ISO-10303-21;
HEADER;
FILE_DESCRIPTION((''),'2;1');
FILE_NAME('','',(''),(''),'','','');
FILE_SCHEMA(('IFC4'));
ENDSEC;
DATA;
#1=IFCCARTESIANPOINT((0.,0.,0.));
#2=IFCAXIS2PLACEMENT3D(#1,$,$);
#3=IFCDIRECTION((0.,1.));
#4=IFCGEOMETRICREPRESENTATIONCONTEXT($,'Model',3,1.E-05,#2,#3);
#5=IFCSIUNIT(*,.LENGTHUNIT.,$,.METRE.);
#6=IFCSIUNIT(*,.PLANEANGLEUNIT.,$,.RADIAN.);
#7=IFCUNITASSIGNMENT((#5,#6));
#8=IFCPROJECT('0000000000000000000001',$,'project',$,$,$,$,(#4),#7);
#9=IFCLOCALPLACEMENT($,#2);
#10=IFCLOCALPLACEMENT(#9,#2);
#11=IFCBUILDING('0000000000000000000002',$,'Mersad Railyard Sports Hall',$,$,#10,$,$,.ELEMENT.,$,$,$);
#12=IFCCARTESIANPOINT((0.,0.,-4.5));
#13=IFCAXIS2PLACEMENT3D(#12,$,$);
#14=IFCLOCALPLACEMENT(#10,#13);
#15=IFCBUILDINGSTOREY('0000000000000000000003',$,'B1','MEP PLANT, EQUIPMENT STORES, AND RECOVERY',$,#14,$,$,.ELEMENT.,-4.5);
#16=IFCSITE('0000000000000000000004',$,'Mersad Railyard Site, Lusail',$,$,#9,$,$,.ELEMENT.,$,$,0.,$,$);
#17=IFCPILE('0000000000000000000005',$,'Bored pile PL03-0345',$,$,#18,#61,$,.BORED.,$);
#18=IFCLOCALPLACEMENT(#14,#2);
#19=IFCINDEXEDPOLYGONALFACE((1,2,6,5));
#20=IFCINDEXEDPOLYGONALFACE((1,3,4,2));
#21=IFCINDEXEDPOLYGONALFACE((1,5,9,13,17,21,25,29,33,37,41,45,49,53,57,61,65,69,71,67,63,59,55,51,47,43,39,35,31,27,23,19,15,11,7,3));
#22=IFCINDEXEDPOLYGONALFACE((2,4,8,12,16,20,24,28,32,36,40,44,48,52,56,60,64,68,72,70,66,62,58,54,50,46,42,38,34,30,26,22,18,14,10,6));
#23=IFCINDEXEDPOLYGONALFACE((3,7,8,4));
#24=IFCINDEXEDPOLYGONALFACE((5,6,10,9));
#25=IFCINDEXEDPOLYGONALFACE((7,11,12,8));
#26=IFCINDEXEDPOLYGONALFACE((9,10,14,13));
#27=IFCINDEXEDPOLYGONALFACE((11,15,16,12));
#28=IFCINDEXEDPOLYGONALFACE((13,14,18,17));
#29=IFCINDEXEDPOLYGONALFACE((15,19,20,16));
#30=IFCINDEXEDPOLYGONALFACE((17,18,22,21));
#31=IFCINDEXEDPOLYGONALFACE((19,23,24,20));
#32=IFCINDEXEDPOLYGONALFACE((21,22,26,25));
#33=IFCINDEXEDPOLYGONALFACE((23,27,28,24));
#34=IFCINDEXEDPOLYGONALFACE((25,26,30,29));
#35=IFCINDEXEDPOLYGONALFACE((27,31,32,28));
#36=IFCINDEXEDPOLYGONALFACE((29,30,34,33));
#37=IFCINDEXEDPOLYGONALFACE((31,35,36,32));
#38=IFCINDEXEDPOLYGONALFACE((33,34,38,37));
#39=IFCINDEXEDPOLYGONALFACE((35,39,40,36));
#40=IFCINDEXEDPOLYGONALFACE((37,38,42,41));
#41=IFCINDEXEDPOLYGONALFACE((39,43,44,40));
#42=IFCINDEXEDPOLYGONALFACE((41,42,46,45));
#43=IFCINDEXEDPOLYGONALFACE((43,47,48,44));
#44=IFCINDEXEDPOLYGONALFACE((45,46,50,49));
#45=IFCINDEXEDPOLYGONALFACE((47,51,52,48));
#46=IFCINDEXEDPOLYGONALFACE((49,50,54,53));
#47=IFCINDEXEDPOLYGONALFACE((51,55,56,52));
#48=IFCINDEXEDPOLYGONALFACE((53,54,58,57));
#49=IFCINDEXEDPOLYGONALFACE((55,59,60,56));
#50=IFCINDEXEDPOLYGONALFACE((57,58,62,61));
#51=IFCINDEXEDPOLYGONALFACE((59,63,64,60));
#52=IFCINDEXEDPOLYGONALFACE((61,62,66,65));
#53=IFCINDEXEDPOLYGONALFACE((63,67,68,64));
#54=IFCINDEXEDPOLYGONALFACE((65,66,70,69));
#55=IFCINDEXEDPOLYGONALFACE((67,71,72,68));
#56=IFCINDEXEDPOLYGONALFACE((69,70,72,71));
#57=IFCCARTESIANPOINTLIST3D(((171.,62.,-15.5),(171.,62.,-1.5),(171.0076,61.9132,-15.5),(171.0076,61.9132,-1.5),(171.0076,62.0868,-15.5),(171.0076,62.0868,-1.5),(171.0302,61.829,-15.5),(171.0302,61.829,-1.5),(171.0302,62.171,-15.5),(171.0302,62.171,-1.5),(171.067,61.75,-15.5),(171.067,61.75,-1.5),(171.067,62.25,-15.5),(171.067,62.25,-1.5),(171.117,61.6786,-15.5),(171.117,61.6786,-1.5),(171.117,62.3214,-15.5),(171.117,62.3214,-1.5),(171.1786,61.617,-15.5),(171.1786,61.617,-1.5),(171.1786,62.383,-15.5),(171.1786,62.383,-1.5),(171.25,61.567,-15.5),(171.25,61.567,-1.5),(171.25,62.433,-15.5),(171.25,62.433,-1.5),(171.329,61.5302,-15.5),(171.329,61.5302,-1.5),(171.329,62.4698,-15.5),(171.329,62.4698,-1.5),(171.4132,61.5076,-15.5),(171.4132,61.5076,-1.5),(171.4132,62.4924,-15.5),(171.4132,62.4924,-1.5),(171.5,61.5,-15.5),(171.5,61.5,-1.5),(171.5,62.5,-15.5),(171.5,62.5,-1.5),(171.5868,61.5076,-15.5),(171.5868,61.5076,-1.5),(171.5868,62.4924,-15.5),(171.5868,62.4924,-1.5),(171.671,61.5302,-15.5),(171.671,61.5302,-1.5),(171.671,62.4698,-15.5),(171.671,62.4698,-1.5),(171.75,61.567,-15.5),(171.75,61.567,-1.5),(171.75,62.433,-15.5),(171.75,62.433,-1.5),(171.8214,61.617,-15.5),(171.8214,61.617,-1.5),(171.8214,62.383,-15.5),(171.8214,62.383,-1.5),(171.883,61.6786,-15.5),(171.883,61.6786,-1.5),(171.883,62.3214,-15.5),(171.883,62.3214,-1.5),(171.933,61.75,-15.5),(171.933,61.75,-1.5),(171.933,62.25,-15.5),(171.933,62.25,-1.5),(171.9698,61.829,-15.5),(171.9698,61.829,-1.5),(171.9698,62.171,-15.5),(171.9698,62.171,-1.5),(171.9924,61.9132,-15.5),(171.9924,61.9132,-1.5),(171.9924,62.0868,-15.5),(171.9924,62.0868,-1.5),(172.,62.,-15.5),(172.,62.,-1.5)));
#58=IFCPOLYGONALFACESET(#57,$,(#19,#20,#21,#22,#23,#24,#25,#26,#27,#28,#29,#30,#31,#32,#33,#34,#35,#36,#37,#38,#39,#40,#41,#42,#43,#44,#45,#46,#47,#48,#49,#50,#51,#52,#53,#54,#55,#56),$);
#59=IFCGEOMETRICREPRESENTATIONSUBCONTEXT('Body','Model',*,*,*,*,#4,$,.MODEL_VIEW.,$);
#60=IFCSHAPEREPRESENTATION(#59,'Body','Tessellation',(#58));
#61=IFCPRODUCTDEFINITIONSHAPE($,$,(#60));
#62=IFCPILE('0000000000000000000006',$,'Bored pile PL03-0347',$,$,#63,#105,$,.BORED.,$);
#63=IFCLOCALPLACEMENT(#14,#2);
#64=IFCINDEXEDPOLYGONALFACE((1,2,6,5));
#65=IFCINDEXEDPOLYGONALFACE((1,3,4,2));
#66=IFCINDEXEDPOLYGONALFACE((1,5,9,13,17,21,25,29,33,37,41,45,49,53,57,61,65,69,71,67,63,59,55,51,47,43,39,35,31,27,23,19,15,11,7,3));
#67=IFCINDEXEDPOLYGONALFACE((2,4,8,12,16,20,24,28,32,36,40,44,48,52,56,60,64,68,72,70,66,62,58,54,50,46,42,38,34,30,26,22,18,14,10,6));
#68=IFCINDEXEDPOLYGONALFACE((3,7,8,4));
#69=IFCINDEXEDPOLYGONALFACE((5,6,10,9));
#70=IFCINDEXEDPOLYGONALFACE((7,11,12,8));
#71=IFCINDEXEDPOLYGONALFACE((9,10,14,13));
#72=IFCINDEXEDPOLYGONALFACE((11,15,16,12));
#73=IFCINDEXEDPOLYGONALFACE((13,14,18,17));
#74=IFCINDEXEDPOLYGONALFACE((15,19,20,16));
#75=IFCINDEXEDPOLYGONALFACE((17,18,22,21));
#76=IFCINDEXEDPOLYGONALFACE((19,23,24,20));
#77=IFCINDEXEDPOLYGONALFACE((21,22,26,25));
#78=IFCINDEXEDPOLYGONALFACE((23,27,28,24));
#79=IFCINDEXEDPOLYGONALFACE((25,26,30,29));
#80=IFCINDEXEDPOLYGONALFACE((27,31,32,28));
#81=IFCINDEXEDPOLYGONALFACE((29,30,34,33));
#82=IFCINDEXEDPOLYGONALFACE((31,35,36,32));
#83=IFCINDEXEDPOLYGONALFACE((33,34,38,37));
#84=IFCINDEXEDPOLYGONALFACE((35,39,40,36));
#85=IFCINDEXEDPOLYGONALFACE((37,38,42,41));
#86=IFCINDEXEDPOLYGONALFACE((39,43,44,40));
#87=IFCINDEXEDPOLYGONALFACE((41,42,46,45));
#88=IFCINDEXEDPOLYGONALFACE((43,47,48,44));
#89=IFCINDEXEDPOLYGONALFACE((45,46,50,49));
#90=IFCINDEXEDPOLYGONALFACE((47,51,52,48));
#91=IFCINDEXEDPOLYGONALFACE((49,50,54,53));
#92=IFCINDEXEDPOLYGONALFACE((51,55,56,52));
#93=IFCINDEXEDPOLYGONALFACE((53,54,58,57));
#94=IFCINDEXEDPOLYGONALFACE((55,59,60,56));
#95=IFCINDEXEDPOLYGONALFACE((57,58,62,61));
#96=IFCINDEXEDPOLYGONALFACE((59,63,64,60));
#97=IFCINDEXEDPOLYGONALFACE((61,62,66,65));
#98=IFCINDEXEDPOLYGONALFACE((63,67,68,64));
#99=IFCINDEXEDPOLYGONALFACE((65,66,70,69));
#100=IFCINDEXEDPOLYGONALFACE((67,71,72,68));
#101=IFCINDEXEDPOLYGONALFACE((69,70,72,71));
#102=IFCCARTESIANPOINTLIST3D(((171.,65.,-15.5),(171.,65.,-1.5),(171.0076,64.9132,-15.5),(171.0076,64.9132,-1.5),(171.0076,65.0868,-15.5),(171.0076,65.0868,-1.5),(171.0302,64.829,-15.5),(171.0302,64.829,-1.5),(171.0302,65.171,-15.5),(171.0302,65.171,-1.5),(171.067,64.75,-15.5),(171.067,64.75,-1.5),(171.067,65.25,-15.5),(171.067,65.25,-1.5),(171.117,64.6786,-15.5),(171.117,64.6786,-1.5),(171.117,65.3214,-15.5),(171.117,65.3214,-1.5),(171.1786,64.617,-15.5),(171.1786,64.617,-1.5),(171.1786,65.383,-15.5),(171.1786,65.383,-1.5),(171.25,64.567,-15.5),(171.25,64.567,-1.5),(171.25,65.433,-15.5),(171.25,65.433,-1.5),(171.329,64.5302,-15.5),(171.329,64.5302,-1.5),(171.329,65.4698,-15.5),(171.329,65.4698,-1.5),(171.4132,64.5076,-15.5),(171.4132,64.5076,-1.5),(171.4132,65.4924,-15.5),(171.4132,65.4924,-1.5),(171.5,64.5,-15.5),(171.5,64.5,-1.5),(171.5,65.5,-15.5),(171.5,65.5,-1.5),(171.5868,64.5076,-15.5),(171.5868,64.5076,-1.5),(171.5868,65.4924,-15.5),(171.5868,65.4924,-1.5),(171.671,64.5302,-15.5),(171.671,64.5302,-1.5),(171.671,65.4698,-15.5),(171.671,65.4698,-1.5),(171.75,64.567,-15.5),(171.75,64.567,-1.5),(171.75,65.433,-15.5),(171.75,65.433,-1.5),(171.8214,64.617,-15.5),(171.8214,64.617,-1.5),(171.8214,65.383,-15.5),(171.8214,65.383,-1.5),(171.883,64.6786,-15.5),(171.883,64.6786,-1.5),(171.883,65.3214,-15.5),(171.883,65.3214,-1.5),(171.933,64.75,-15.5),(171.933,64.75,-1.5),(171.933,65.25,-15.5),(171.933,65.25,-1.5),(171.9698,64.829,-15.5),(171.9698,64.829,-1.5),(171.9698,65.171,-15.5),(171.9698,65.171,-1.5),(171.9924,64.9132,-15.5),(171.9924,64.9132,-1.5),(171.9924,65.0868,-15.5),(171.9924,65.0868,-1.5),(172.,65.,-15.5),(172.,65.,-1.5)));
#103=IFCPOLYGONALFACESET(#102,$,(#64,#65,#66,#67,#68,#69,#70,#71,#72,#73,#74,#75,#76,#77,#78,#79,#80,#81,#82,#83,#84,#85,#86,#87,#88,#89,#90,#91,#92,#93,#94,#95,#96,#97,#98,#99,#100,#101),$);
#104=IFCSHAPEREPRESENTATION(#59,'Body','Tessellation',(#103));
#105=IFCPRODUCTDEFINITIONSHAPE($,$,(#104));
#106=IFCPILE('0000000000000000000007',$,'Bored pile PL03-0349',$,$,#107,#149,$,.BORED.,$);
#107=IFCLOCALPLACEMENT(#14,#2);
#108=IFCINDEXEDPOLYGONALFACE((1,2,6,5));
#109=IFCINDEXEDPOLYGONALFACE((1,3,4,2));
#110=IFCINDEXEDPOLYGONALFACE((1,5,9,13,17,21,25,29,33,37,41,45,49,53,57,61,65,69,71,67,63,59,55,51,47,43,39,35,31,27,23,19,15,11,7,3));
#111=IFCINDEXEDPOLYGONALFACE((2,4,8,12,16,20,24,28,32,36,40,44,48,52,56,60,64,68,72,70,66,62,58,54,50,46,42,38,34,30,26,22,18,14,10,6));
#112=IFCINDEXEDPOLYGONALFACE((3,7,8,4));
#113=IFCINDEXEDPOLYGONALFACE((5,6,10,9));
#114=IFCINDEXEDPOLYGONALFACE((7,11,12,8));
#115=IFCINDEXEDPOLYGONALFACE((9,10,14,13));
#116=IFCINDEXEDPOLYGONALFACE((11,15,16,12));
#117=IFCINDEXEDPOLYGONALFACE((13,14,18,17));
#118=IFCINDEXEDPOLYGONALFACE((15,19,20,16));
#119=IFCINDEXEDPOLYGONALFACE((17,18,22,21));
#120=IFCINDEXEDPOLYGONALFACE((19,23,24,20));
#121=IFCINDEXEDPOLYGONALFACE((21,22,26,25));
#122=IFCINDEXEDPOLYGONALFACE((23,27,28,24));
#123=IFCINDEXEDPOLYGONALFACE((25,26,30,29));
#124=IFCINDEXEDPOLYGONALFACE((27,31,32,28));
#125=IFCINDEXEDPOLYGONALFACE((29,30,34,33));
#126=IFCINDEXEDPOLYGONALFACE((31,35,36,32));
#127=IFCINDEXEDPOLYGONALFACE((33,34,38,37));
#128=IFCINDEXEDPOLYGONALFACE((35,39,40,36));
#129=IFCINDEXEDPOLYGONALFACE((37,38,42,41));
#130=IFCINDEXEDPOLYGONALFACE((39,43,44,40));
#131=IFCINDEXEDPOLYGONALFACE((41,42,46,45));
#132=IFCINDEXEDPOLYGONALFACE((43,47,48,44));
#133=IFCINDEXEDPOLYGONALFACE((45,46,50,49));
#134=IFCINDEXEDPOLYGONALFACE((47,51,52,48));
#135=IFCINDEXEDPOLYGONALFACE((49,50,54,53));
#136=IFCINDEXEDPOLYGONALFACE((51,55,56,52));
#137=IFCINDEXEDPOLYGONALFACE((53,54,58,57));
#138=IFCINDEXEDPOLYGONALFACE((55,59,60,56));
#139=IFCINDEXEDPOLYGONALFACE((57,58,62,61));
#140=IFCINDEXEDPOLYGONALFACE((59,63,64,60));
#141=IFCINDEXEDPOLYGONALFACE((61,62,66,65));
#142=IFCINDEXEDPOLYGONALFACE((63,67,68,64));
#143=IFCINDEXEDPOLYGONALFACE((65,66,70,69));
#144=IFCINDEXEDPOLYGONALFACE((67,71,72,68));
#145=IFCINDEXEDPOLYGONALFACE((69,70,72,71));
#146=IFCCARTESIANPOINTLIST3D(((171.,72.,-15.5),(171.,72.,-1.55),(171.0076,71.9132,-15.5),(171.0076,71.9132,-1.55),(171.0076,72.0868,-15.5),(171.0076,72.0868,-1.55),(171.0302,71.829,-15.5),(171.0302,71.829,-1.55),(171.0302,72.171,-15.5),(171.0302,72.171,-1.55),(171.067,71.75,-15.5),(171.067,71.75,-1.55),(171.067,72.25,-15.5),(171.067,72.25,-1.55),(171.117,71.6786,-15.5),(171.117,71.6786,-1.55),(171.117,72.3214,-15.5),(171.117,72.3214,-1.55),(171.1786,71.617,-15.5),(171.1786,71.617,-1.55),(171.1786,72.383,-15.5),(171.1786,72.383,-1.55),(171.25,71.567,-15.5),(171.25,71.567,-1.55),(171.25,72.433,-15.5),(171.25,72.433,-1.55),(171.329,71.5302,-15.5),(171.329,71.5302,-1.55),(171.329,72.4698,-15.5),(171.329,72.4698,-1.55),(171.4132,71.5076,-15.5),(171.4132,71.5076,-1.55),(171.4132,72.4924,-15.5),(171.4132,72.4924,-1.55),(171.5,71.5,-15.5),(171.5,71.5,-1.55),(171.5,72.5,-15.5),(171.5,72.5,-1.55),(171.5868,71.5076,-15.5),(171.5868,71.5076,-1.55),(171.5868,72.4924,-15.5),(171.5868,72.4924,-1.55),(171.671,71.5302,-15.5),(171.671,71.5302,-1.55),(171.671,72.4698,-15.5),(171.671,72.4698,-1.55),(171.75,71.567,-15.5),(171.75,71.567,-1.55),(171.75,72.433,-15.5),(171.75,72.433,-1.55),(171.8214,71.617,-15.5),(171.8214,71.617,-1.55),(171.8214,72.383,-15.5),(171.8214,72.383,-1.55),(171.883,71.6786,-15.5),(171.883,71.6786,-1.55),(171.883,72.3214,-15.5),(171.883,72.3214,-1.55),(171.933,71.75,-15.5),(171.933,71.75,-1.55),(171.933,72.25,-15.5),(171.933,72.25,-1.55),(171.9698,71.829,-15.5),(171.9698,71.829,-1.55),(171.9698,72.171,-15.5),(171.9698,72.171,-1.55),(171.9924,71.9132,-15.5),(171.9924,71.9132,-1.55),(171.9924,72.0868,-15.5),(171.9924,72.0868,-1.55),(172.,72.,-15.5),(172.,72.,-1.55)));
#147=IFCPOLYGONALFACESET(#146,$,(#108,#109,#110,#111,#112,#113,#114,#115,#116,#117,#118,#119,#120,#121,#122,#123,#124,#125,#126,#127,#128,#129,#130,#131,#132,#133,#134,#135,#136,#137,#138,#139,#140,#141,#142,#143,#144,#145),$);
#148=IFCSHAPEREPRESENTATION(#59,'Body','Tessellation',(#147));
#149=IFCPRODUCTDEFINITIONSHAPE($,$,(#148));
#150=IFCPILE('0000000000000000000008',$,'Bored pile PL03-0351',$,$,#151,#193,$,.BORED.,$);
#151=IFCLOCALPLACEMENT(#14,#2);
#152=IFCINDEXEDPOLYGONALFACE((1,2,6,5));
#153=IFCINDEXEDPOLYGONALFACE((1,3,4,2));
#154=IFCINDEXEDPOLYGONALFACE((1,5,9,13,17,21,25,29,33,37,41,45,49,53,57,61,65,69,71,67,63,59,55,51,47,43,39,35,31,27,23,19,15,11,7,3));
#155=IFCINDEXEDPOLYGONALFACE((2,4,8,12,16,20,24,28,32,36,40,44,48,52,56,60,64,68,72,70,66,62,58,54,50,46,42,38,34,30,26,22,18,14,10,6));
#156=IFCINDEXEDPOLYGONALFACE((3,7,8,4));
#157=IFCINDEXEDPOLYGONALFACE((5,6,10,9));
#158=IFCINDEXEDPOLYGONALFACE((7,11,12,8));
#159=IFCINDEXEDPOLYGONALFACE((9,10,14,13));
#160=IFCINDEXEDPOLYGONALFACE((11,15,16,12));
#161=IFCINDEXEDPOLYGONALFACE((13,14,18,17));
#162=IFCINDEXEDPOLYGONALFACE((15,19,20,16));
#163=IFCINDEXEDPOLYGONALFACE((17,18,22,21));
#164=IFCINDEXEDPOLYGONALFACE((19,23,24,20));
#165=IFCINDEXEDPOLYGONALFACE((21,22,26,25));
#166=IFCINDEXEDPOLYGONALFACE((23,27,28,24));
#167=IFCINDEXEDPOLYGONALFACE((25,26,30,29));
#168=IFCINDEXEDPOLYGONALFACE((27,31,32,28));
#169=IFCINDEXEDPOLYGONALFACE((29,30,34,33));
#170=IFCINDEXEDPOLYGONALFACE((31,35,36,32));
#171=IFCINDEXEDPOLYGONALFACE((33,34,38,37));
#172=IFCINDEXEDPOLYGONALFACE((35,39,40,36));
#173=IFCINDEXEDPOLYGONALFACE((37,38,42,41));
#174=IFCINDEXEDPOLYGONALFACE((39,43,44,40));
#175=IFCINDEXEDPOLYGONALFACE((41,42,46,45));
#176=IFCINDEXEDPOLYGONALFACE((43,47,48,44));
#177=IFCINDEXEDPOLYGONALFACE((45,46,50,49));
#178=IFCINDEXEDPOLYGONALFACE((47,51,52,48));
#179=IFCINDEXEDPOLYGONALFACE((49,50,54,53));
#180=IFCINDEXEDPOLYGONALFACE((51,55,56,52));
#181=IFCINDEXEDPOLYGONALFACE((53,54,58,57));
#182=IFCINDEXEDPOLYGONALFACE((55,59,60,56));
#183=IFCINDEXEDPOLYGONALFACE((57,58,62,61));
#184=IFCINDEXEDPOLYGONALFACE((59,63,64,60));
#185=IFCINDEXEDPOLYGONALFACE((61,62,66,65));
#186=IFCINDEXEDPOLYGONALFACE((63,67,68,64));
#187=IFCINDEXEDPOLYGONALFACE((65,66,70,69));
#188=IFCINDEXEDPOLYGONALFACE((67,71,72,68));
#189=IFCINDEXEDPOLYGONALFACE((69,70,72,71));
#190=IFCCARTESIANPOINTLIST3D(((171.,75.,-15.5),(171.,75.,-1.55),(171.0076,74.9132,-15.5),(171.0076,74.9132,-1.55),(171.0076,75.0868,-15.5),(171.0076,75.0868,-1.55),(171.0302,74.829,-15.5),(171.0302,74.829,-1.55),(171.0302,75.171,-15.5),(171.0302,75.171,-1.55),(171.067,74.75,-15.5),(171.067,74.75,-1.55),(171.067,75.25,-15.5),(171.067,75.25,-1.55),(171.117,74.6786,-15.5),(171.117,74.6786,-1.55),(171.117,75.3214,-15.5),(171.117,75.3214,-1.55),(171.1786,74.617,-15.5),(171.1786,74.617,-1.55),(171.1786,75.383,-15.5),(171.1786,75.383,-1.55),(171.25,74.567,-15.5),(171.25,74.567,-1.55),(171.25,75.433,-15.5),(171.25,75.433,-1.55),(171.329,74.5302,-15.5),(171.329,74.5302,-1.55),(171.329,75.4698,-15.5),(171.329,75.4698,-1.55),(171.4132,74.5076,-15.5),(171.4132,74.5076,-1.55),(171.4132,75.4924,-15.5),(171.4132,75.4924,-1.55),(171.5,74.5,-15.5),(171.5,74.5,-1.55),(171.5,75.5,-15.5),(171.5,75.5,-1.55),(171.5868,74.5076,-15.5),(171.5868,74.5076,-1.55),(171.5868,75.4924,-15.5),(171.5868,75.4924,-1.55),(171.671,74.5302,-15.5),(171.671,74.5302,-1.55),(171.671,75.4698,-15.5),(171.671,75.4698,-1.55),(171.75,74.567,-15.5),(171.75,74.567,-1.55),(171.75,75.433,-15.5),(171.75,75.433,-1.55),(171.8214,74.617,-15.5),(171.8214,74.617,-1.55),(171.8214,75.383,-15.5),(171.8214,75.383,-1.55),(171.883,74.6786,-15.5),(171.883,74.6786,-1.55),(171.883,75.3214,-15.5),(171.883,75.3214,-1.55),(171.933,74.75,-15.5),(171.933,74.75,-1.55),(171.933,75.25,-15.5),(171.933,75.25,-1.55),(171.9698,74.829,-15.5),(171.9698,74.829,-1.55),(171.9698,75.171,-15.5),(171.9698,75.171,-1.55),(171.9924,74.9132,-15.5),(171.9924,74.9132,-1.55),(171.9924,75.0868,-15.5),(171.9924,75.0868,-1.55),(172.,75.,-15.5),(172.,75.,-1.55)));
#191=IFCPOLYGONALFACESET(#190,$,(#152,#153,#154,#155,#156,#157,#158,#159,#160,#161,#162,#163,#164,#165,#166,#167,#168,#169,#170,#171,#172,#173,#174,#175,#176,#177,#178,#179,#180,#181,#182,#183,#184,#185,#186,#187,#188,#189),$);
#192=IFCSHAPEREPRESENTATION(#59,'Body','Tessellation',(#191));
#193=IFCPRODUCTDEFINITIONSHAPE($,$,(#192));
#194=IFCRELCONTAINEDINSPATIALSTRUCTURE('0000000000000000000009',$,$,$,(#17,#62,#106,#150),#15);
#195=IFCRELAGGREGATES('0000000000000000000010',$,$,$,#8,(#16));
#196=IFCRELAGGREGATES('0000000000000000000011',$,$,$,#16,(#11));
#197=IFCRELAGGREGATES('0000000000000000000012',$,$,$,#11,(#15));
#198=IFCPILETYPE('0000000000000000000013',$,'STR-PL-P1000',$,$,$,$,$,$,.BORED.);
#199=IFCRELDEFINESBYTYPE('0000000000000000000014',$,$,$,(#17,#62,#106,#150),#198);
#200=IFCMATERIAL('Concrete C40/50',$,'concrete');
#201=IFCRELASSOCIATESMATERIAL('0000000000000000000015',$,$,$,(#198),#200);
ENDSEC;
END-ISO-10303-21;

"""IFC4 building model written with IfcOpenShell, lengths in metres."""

from ifc_helpers import new_model, si_unit, direction, frame, origin, origin_2d, place, context, subcontext, project, spatial, circle, extrude, material, material_profile, profile_set, type_object, element, save


model = new_model("IFC4")

# Units and contexts
model_context = context("Model", 3, precision=1e-05, world=origin(), true_north=direction((0.0, 1.0)))
body_context = subcontext(model_context, "Body", "Model", "MODEL_VIEW")
ifc_project = project(units=[si_unit("LENGTHUNIT", "METRE"), si_unit("PLANEANGLEUNIT", "RADIAN")], contexts=[model_context])

# Site, building, storey
site_placement = place(None, origin())
site = spatial("IfcSite", under=ifc_project, at=site_placement, Name="Mersad Railyard Site, Lusail", CompositionType="ELEMENT", RefElevation=0.0)
building_placement = place(site_placement, origin())
building = spatial("IfcBuilding", under=site, at=building_placement, Name="Mersad Railyard Sports Hall", CompositionType="ELEMENT")
storey_placement = place(building_placement, frame((0.0, 0.0, -4.5)))
storey = spatial("IfcBuildingStorey", under=building, at=storey_placement, Name="B1", Description="MEP PLANT, EQUIPMENT STORES, AND RECOVERY", CompositionType="ELEMENT", Elevation=-4.5)

# Shared definitions
ifc_material_1 = material(Name="Concrete C40/50", Category="concrete")

# Piles
ifc_material_profile_1 = material_profile(ifc_material_1, circle(Radius=0.5, at=origin_2d()), Name="BORED PILE D1000")
ifc_profile_set_1 = profile_set([ifc_material_profile_1], Name="Concrete C40/50")
pile_type = type_object("IfcPileType", Name="STR-PL-P1000", PredefinedType="BORED", material=ifc_profile_set_1)
for number, where, z_axis, x_axis, name in (
    (1, (171.5, 62.0, -1.5), (0.0, 0.0, -1.0), (1.0, 0.0, 0.0), "Bored pile PL03-0345"),
    (2, (171.5, 65.0, -1.5), (0.0, 0.0, -1.0), (1.0, 0.0, 0.0), "Bored pile PL03-0347"),
):
    element("IfcPile", number, at=place(storey_placement, frame(where, z_axis=z_axis, x_axis=x_axis)), inside=storey, type_object=pile_type, Name=name, PredefinedType="BORED", context=body_context, shape_type="SweptSolid", body=[
        extrude(circle(Radius=0.5, at=origin_2d()), origin(), (0.0, 0.0, 1.0), 14.0),
    ])
for number, where, z_axis, x_axis, name in (
    (3, (171.5, 72.0, -1.55), (0.0, 0.0, -1.0), (1.0, 0.0, 0.0), "Bored pile PL03-0349"),
    (4, (171.5, 75.0, -1.55), (0.0, 0.0, -1.0), (1.0, 0.0, 0.0), "Bored pile PL03-0351"),
):
    element("IfcPile", number, at=place(storey_placement, frame(where, z_axis=z_axis, x_axis=x_axis)), inside=storey, type_object=pile_type, Name=name, PredefinedType="BORED", context=body_context, shape_type="SweptSolid", body=[
        extrude(circle(Radius=0.5, at=origin_2d()), origin(), (0.0, 0.0, 1.0), 13.95),
    ])

save(model, "model.ifc")
